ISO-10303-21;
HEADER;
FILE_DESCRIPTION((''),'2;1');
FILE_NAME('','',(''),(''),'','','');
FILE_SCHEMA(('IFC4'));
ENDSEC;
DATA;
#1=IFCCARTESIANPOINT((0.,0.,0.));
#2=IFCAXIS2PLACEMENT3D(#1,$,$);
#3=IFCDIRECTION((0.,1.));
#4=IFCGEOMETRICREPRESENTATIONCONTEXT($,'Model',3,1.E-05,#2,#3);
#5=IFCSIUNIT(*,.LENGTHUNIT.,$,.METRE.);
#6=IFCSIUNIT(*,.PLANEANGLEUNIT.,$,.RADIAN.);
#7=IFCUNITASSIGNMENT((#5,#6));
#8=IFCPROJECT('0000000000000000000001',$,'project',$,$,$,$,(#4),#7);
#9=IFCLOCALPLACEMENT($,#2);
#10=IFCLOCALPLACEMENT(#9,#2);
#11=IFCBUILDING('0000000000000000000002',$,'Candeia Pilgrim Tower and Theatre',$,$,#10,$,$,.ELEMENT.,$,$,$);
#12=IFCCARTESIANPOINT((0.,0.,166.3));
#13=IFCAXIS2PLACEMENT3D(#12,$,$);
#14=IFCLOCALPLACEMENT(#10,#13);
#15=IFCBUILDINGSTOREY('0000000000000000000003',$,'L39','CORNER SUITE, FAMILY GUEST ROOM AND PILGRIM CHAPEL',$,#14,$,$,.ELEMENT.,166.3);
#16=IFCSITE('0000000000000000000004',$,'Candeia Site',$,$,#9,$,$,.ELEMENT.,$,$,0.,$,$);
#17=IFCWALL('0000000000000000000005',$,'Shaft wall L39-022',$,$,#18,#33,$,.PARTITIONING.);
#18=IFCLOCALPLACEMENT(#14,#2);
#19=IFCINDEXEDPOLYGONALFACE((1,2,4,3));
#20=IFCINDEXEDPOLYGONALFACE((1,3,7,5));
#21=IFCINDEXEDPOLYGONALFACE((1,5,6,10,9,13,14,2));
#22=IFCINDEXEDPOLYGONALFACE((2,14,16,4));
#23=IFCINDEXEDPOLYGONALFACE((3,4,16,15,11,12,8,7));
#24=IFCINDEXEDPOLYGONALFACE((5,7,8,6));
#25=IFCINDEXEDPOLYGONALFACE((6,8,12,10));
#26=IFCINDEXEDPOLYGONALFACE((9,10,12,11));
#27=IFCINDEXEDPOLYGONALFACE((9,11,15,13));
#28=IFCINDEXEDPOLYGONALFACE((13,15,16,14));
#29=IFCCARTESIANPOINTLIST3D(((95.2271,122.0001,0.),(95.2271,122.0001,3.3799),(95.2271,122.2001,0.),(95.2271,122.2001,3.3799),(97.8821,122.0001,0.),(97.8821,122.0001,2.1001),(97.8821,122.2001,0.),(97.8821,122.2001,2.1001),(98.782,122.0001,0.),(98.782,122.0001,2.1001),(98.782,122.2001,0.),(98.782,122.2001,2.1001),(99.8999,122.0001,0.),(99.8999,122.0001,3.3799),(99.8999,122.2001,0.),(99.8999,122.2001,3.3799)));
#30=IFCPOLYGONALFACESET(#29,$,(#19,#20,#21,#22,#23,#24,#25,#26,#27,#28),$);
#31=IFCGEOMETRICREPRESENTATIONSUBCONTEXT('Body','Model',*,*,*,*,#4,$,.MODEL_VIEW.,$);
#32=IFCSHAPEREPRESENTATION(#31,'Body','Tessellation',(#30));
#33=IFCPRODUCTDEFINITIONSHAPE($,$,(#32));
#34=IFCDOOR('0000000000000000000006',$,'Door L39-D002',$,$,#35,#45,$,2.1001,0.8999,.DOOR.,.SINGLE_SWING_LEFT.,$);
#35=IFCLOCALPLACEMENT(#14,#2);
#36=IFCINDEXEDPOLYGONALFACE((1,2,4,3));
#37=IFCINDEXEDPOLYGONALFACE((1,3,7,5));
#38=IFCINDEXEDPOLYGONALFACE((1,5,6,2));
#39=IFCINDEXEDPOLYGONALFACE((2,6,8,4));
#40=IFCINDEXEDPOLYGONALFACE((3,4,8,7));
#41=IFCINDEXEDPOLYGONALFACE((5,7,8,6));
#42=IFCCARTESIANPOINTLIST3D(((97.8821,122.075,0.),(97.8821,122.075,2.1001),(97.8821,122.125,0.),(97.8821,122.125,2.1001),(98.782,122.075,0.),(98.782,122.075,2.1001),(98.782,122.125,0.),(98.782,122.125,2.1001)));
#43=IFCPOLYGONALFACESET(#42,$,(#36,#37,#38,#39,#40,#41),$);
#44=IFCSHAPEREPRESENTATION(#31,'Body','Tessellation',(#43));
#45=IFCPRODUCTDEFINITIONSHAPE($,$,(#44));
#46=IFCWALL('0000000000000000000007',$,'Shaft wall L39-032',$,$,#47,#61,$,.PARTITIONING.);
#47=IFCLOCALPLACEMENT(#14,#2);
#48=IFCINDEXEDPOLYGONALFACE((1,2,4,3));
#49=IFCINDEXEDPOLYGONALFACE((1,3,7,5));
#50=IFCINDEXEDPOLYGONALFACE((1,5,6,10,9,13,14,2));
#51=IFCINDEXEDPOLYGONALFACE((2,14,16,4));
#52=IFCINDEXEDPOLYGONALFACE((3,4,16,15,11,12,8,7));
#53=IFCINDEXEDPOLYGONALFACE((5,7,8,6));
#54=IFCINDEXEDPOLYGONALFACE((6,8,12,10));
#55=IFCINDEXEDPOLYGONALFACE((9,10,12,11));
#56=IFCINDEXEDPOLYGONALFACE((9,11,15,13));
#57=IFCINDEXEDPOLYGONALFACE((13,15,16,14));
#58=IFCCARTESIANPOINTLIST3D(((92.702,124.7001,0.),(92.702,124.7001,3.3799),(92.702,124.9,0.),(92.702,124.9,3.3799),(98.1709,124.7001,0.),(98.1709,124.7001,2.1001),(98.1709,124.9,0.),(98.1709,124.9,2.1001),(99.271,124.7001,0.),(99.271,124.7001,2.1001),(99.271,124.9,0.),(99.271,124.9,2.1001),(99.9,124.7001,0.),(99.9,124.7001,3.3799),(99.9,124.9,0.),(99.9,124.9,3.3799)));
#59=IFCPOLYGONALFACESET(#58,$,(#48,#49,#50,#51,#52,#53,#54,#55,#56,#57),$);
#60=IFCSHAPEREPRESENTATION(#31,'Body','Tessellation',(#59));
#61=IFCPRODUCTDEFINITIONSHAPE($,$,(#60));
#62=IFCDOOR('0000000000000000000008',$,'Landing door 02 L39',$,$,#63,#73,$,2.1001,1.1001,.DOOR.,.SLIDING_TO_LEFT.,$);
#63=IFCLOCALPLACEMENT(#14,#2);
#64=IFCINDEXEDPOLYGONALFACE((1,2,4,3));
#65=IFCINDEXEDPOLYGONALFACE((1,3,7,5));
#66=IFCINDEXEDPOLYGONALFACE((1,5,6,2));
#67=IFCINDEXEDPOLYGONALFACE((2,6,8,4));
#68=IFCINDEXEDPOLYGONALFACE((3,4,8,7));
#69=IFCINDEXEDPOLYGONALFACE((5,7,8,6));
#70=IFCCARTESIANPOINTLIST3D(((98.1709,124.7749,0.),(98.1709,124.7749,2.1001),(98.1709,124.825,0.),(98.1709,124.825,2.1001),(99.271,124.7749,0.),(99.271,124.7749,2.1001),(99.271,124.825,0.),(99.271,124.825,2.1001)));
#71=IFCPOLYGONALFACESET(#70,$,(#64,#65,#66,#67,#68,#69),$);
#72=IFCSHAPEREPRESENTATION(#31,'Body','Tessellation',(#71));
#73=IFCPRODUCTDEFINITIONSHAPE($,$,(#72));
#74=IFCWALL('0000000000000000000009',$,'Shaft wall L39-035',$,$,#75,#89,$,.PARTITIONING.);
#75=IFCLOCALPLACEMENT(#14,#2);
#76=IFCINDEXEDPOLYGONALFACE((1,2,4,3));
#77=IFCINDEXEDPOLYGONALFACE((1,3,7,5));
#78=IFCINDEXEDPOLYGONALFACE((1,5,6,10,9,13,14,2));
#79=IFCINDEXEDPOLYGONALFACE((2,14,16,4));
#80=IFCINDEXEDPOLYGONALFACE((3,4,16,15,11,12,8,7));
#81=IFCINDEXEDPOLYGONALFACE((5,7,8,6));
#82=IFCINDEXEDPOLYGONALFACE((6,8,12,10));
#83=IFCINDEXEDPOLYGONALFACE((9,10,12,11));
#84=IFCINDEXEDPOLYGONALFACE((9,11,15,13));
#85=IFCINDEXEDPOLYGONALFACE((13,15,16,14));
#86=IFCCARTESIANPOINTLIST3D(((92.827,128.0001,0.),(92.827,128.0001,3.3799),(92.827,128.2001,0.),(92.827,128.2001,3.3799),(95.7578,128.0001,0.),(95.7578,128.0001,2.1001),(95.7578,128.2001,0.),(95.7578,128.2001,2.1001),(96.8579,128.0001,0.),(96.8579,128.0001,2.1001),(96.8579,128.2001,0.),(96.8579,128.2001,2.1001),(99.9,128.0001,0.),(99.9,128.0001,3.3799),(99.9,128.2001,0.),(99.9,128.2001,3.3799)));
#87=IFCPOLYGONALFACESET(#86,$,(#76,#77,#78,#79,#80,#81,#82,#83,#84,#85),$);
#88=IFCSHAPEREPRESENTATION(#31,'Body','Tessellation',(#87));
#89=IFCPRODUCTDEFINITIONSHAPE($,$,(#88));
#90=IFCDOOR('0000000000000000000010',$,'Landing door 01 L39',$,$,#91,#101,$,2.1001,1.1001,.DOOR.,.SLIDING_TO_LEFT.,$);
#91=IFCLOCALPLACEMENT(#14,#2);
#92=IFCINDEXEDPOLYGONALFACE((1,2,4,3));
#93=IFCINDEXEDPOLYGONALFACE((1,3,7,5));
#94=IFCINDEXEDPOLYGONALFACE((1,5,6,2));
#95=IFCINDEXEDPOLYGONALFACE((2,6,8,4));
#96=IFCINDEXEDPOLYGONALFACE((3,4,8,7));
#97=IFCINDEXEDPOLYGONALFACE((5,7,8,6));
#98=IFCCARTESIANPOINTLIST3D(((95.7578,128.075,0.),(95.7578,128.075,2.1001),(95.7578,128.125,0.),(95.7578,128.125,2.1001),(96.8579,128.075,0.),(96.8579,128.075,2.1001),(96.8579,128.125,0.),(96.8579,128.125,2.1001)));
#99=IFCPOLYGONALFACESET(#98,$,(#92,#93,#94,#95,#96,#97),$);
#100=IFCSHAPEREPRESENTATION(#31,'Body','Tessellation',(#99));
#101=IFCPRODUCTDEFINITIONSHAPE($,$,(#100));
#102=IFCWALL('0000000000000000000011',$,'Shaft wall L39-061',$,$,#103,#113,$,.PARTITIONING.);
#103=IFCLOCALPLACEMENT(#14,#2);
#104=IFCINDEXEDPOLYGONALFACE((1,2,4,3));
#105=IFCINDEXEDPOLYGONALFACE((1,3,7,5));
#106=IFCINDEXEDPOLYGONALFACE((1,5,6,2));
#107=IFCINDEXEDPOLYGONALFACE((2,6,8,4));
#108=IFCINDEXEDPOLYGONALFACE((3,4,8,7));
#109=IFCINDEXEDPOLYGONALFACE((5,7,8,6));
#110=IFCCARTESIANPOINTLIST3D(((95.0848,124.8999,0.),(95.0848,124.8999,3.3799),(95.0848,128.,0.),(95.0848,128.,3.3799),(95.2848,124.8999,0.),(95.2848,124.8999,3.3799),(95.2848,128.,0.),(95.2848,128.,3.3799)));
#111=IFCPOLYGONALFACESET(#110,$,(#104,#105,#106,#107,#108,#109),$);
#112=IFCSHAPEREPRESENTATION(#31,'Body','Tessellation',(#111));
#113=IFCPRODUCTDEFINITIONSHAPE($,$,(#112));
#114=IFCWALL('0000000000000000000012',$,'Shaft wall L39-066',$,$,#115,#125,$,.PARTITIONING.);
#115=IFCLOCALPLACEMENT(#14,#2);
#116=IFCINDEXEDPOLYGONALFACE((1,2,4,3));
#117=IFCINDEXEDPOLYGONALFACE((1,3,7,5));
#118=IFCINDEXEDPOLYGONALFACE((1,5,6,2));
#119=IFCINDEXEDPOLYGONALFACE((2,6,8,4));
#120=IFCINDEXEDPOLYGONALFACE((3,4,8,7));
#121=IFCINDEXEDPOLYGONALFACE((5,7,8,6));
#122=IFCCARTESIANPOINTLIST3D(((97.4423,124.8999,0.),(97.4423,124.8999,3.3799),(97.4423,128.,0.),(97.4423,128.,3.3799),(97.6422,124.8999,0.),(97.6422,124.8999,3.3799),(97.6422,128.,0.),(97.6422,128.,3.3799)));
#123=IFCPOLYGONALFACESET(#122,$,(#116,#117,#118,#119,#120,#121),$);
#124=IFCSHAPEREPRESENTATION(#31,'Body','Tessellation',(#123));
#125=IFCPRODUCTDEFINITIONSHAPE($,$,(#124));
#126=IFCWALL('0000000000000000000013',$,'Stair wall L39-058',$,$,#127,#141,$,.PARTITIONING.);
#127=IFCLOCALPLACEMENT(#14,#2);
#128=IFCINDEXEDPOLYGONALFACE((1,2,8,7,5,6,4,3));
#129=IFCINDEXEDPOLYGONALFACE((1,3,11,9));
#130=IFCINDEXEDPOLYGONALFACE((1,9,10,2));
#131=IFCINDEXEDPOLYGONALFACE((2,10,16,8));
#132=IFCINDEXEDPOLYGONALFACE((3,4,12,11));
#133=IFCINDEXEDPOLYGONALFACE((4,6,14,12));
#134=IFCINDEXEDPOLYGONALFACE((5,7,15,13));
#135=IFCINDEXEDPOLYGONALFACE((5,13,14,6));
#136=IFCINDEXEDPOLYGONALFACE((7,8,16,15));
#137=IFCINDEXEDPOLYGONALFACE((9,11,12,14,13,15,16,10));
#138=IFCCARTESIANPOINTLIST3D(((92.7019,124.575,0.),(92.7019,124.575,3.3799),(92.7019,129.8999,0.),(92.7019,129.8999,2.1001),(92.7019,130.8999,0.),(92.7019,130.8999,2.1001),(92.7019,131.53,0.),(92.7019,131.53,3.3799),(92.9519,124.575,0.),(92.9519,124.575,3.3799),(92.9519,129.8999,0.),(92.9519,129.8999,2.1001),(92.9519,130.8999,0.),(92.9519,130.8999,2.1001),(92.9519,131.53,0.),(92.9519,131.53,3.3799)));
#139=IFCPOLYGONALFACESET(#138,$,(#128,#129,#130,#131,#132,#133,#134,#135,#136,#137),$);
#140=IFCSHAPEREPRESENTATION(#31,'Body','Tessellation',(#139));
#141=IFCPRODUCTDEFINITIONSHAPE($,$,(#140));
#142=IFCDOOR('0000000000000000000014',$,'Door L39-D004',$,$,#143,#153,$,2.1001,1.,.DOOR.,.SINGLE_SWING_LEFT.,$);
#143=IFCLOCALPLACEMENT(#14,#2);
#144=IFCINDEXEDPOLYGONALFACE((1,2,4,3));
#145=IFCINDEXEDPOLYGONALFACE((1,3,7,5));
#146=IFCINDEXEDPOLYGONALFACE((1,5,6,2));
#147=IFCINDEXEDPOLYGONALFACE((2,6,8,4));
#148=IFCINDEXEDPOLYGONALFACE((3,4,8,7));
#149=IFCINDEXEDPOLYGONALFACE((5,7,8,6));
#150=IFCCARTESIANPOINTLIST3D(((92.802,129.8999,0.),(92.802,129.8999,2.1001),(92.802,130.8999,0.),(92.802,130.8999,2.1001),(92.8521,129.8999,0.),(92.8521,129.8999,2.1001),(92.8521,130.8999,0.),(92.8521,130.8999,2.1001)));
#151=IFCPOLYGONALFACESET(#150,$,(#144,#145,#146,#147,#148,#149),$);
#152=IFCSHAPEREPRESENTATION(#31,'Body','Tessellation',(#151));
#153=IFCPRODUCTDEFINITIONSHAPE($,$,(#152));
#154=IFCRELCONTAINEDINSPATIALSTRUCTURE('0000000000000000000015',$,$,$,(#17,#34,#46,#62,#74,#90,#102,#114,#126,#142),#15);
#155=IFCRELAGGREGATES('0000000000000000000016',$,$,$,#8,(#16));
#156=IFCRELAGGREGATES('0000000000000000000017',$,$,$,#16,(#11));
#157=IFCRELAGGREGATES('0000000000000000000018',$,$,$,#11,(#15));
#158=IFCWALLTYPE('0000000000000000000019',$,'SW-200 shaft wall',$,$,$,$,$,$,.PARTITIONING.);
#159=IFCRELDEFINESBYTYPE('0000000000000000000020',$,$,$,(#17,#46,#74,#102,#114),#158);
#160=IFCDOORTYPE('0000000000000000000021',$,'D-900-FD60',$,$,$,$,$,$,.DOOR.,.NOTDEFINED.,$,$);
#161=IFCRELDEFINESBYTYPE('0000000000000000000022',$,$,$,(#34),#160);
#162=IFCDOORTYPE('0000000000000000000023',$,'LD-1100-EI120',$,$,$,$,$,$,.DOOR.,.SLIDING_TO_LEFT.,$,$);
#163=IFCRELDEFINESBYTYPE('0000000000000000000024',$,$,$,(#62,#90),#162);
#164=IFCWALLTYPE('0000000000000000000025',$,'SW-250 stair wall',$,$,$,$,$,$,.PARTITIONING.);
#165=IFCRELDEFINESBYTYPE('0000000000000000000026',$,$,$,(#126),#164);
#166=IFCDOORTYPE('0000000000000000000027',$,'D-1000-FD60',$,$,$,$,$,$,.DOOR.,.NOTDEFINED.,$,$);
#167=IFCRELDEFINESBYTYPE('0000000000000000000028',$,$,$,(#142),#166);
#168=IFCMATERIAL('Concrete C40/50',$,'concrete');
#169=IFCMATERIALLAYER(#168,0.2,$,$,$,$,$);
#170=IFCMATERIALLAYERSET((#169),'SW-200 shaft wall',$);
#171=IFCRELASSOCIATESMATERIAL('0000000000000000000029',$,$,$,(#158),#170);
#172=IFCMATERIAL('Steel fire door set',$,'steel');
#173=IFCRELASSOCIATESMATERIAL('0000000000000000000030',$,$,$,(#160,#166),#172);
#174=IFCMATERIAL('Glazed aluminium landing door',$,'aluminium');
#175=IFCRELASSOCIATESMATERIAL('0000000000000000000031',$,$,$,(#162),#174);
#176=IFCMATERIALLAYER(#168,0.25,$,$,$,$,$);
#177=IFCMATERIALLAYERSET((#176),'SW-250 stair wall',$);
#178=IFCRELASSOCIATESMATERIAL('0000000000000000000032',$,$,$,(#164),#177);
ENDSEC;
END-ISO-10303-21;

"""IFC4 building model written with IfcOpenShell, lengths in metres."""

from ifc_helpers import new_model, si_unit, direction, frame, frame_2d, origin, place, context, subcontext, project, spatial, rectangle, extrude, material, layer, layer_set, type_object, element, fill, save


model = new_model("IFC4")

# Units and contexts
model_context = context("Model", 3, precision=1e-05, world=origin(), true_north=direction((0.0, 1.0)))
body_context = subcontext(model_context, "Body", "Model", "MODEL_VIEW")
ifc_project = project(units=[si_unit("LENGTHUNIT", "METRE"), si_unit("PLANEANGLEUNIT", "RADIAN")], contexts=[model_context])

# Site, building, storey
site_placement = place(None, origin())
site = spatial("IfcSite", under=ifc_project, at=site_placement, Name="Candeia Site", CompositionType="ELEMENT", RefElevation=0.0)
building_placement = place(site_placement, origin())
building = spatial("IfcBuilding", under=site, at=building_placement, Name="Candeia Pilgrim Tower and Theatre", CompositionType="ELEMENT")
storey_placement = place(building_placement, frame((0.0, 0.0, 166.3)))
storey = spatial("IfcBuildingStorey", under=building, at=storey_placement, Name="L39", Description="CORNER SUITE, FAMILY GUEST ROOM AND PILGRIM CHAPEL", CompositionType="ELEMENT", Elevation=166.3)

# Shared definitions
ifc_material_1 = material(Name="Steel fire door set", Category="steel")

# Walls, openings, doors
ifc_material_2 = material(Name="Concrete C40/50", Category="concrete")
ifc_layer_1 = layer(ifc_material_2, 0.2)
ifc_layer_set_1 = layer_set([ifc_layer_1], Name="SW-200 shaft wall")
wall_type_1 = type_object("IfcWallType", Name="SW-200 shaft wall", PredefinedType="PARTITIONING", material=ifc_layer_set_1)
wall_1_placement = place(storey_placement, frame((95.2271, 122.1001, 0.0), z_axis=(0.0, 0.0, 1.0), x_axis=(1.0, 0.0, 0.0)))
wall_1 = element("IfcWall", 1, at=wall_1_placement, inside=storey, type_object=wall_type_1, Name="Shaft wall L39-022", PredefinedType="PARTITIONING", context=body_context, shape_type="SweptSolid", body=[
    extrude(rectangle(XDim=4.6729, YDim=0.2, at=frame_2d((2.3364, 0.0))), origin(), (0.0, 0.0, 1.0), 3.3799),
])
opening_1_placement = place(wall_1_placement, frame((2.655, 0.0, 0.0)))
opening_1 = element("IfcOpeningElement", 2, at=opening_1_placement, cuts=wall_1, PredefinedType="OPENING", context=body_context, shape_type="SweptSolid", body=[
    extrude(rectangle(XDim=0.8999, YDim=2.1001, at=frame_2d((0.45, 1.05))), frame((0.0, 0.1099, 0.0), z_axis=(0.0, -1.0, 0.0), x_axis=(1.0, 0.0, 0.0)), (0.0, 0.0, 1.0), 0.22),
])
door_type_1 = type_object("IfcDoorType", Name="D-900-FD60", OperationType="NOTDEFINED", PredefinedType="DOOR", material=ifc_material_1)
door_1_placement = place(opening_1_placement, origin())
door_1 = element("IfcDoor", 3, at=door_1_placement, inside=storey, type_object=door_type_1, Name="Door L39-D002", OperationType="SINGLE_SWING_LEFT", OverallHeight=2.1001, OverallWidth=0.8999, PredefinedType="DOOR", context=body_context, shape_type="SweptSolid", body=[
    extrude(rectangle(XDim=0.8999, YDim=2.1001, at=frame_2d((0.45, 1.05))), frame((0.0, 0.0249, 0.0), z_axis=(0.0, -1.0, 0.0), x_axis=(1.0, 0.0, 0.0)), (0.0, 0.0, 1.0), 0.05),
])
fill(opening_1, door_1)
wall_2_placement = place(storey_placement, frame((92.7019, 124.8, 0.0), z_axis=(0.0, 0.0, 1.0), x_axis=(1.0, 0.0, 0.0)))
wall_2 = element("IfcWall", 4, at=wall_2_placement, inside=storey, type_object=wall_type_1, Name="Shaft wall L39-032", PredefinedType="PARTITIONING", context=body_context, shape_type="SweptSolid", body=[
    extrude(rectangle(XDim=7.198, YDim=0.2, at=frame_2d((3.5991, 0.0))), origin(), (0.0, 0.0, 1.0), 3.3799),
])
opening_2_placement = place(wall_2_placement, frame((5.469, 0.0, 0.0)))
opening_2 = element("IfcOpeningElement", 5, at=opening_2_placement, cuts=wall_2, PredefinedType="OPENING", context=body_context, shape_type="SweptSolid", body=[
    extrude(rectangle(XDim=1.1001, YDim=2.1001, at=frame_2d((0.55, 1.05))), frame((0.0, 0.1099, 0.0), z_axis=(0.0, -1.0, 0.0), x_axis=(1.0, 0.0, 0.0)), (0.0, 0.0, 1.0), 0.22),
])
ifc_material_3 = material(Name="Glazed aluminium landing door", Category="aluminium")
door_type_2 = type_object("IfcDoorType", Name="LD-1100-EI120", OperationType="SLIDING_TO_LEFT", PredefinedType="DOOR", material=ifc_material_3)
door_2_placement = place(opening_2_placement, origin())
door_2 = element("IfcDoor", 6, at=door_2_placement, inside=storey, type_object=door_type_2, Name="Landing door 02 L39", OperationType="SLIDING_TO_LEFT", OverallHeight=2.1001, OverallWidth=1.1001, PredefinedType="DOOR", context=body_context, shape_type="SweptSolid", body=[
    extrude(rectangle(XDim=1.1001, YDim=2.1001, at=frame_2d((0.55, 1.05))), frame((0.0, 0.0249, 0.0), z_axis=(0.0, -1.0, 0.0), x_axis=(1.0, 0.0, 0.0)), (0.0, 0.0, 1.0), 0.05),
])
fill(opening_2, door_2)
wall_3_placement = place(storey_placement, frame((92.8269, 128.1001, 0.0), z_axis=(0.0, 0.0, 1.0), x_axis=(1.0, 0.0, 0.0)))
wall_3 = element("IfcWall", 7, at=wall_3_placement, inside=storey, type_object=wall_type_1, Name="Shaft wall L39-035", PredefinedType="PARTITIONING", context=body_context, shape_type="SweptSolid", body=[
    extrude(rectangle(XDim=7.073, YDim=0.2, at=frame_2d((3.5366, 0.0))), origin(), (0.0, 0.0, 1.0), 3.3799),
])
opening_3_placement = place(wall_3_placement, frame((2.9309, 0.0, 0.0)))
opening_3 = element("IfcOpeningElement", 8, at=opening_3_placement, cuts=wall_3, PredefinedType="OPENING", context=body_context, shape_type="SweptSolid", body=[
    extrude(rectangle(XDim=1.1001, YDim=2.1001, at=frame_2d((0.55, 1.05))), frame((0.0, 0.1099, 0.0), z_axis=(0.0, -1.0, 0.0), x_axis=(1.0, 0.0, 0.0)), (0.0, 0.0, 1.0), 0.22),
])
door_3_placement = place(opening_3_placement, origin())
door_3 = element("IfcDoor", 9, at=door_3_placement, inside=storey, type_object=door_type_2, Name="Landing door 01 L39", OperationType="SLIDING_TO_LEFT", OverallHeight=2.1001, OverallWidth=1.1001, PredefinedType="DOOR", context=body_context, shape_type="SweptSolid", body=[
    extrude(rectangle(XDim=1.1001, YDim=2.1001, at=frame_2d((0.55, 1.05))), frame((0.0, 0.0249, 0.0), z_axis=(0.0, -1.0, 0.0), x_axis=(1.0, 0.0, 0.0)), (0.0, 0.0, 1.0), 0.05),
])
fill(opening_3, door_3)

# Walls
for number, where, z_axis, x_axis, name in (
    (10, (95.1848, 124.8999, 0.0), (0.0, 0.0, 1.0), (0.0, 1.0, 0.0), "Shaft wall L39-061"),
    (11, (97.5422, 124.8999, 0.0), (0.0, 0.0, 1.0), (0.0, 1.0, 0.0), "Shaft wall L39-066"),
):
    element("IfcWall", number, at=place(storey_placement, frame(where, z_axis=z_axis, x_axis=x_axis)), inside=storey, type_object=wall_type_1, Name=name, PredefinedType="PARTITIONING", context=body_context, shape_type="SweptSolid", body=[
        extrude(rectangle(XDim=3.1001, YDim=0.2, at=frame_2d((1.55, 0.0))), origin(), (0.0, 0.0, 1.0), 3.3799),
    ])

# Wall, opening, door
ifc_layer_2 = layer(ifc_material_2, 0.25)
ifc_layer_set_2 = layer_set([ifc_layer_2], Name="SW-250 stair wall")
wall_type_2 = type_object("IfcWallType", Name="SW-250 stair wall", PredefinedType="PARTITIONING", material=ifc_layer_set_2)
wall_4_placement = place(storey_placement, frame((92.8269, 124.575, 0.0), z_axis=(0.0, 0.0, 1.0), x_axis=(0.0, 1.0, 0.0)))
wall_4 = element("IfcWall", 12, at=wall_4_placement, inside=storey, type_object=wall_type_2, Name="Stair wall L39-058", PredefinedType="PARTITIONING", context=body_context, shape_type="SweptSolid", body=[
    extrude(rectangle(XDim=6.9551, YDim=0.25, at=frame_2d((3.4775, 0.0))), origin(), (0.0, 0.0, 1.0), 3.3799),
])
opening_4_placement = place(wall_4_placement, frame((5.325, 0.0, 0.0)))
opening_4 = element("IfcOpeningElement", 13, at=opening_4_placement, cuts=wall_4, PredefinedType="OPENING", context=body_context, shape_type="SweptSolid", body=[
    extrude(rectangle(XDim=1.0, YDim=2.1001, at=frame_2d((0.5, 1.05))), frame((0.0, 0.135, 0.0), z_axis=(0.0, -1.0, 0.0), x_axis=(1.0, 0.0, 0.0)), (0.0, 0.0, 1.0), 0.27),
])
door_type_3 = type_object("IfcDoorType", Name="D-1000-FD60", OperationType="NOTDEFINED", PredefinedType="DOOR", material=ifc_material_1)
door_4_placement = place(opening_4_placement, origin())
door_4 = element("IfcDoor", 14, at=door_4_placement, inside=storey, type_object=door_type_3, Name="Door L39-D004", OperationType="SINGLE_SWING_LEFT", OverallHeight=2.1001, OverallWidth=1.0, PredefinedType="DOOR", context=body_context, shape_type="SweptSolid", body=[
    extrude(rectangle(XDim=1.0, YDim=2.1001, at=frame_2d((0.5, 1.05))), frame((0.0, 0.0249, 0.0), z_axis=(0.0, -1.0, 0.0), x_axis=(1.0, 0.0, 0.0)), (0.0, 0.0, 1.0), 0.05),
])
fill(opening_4, door_4)

save(model, "model.ifc")
